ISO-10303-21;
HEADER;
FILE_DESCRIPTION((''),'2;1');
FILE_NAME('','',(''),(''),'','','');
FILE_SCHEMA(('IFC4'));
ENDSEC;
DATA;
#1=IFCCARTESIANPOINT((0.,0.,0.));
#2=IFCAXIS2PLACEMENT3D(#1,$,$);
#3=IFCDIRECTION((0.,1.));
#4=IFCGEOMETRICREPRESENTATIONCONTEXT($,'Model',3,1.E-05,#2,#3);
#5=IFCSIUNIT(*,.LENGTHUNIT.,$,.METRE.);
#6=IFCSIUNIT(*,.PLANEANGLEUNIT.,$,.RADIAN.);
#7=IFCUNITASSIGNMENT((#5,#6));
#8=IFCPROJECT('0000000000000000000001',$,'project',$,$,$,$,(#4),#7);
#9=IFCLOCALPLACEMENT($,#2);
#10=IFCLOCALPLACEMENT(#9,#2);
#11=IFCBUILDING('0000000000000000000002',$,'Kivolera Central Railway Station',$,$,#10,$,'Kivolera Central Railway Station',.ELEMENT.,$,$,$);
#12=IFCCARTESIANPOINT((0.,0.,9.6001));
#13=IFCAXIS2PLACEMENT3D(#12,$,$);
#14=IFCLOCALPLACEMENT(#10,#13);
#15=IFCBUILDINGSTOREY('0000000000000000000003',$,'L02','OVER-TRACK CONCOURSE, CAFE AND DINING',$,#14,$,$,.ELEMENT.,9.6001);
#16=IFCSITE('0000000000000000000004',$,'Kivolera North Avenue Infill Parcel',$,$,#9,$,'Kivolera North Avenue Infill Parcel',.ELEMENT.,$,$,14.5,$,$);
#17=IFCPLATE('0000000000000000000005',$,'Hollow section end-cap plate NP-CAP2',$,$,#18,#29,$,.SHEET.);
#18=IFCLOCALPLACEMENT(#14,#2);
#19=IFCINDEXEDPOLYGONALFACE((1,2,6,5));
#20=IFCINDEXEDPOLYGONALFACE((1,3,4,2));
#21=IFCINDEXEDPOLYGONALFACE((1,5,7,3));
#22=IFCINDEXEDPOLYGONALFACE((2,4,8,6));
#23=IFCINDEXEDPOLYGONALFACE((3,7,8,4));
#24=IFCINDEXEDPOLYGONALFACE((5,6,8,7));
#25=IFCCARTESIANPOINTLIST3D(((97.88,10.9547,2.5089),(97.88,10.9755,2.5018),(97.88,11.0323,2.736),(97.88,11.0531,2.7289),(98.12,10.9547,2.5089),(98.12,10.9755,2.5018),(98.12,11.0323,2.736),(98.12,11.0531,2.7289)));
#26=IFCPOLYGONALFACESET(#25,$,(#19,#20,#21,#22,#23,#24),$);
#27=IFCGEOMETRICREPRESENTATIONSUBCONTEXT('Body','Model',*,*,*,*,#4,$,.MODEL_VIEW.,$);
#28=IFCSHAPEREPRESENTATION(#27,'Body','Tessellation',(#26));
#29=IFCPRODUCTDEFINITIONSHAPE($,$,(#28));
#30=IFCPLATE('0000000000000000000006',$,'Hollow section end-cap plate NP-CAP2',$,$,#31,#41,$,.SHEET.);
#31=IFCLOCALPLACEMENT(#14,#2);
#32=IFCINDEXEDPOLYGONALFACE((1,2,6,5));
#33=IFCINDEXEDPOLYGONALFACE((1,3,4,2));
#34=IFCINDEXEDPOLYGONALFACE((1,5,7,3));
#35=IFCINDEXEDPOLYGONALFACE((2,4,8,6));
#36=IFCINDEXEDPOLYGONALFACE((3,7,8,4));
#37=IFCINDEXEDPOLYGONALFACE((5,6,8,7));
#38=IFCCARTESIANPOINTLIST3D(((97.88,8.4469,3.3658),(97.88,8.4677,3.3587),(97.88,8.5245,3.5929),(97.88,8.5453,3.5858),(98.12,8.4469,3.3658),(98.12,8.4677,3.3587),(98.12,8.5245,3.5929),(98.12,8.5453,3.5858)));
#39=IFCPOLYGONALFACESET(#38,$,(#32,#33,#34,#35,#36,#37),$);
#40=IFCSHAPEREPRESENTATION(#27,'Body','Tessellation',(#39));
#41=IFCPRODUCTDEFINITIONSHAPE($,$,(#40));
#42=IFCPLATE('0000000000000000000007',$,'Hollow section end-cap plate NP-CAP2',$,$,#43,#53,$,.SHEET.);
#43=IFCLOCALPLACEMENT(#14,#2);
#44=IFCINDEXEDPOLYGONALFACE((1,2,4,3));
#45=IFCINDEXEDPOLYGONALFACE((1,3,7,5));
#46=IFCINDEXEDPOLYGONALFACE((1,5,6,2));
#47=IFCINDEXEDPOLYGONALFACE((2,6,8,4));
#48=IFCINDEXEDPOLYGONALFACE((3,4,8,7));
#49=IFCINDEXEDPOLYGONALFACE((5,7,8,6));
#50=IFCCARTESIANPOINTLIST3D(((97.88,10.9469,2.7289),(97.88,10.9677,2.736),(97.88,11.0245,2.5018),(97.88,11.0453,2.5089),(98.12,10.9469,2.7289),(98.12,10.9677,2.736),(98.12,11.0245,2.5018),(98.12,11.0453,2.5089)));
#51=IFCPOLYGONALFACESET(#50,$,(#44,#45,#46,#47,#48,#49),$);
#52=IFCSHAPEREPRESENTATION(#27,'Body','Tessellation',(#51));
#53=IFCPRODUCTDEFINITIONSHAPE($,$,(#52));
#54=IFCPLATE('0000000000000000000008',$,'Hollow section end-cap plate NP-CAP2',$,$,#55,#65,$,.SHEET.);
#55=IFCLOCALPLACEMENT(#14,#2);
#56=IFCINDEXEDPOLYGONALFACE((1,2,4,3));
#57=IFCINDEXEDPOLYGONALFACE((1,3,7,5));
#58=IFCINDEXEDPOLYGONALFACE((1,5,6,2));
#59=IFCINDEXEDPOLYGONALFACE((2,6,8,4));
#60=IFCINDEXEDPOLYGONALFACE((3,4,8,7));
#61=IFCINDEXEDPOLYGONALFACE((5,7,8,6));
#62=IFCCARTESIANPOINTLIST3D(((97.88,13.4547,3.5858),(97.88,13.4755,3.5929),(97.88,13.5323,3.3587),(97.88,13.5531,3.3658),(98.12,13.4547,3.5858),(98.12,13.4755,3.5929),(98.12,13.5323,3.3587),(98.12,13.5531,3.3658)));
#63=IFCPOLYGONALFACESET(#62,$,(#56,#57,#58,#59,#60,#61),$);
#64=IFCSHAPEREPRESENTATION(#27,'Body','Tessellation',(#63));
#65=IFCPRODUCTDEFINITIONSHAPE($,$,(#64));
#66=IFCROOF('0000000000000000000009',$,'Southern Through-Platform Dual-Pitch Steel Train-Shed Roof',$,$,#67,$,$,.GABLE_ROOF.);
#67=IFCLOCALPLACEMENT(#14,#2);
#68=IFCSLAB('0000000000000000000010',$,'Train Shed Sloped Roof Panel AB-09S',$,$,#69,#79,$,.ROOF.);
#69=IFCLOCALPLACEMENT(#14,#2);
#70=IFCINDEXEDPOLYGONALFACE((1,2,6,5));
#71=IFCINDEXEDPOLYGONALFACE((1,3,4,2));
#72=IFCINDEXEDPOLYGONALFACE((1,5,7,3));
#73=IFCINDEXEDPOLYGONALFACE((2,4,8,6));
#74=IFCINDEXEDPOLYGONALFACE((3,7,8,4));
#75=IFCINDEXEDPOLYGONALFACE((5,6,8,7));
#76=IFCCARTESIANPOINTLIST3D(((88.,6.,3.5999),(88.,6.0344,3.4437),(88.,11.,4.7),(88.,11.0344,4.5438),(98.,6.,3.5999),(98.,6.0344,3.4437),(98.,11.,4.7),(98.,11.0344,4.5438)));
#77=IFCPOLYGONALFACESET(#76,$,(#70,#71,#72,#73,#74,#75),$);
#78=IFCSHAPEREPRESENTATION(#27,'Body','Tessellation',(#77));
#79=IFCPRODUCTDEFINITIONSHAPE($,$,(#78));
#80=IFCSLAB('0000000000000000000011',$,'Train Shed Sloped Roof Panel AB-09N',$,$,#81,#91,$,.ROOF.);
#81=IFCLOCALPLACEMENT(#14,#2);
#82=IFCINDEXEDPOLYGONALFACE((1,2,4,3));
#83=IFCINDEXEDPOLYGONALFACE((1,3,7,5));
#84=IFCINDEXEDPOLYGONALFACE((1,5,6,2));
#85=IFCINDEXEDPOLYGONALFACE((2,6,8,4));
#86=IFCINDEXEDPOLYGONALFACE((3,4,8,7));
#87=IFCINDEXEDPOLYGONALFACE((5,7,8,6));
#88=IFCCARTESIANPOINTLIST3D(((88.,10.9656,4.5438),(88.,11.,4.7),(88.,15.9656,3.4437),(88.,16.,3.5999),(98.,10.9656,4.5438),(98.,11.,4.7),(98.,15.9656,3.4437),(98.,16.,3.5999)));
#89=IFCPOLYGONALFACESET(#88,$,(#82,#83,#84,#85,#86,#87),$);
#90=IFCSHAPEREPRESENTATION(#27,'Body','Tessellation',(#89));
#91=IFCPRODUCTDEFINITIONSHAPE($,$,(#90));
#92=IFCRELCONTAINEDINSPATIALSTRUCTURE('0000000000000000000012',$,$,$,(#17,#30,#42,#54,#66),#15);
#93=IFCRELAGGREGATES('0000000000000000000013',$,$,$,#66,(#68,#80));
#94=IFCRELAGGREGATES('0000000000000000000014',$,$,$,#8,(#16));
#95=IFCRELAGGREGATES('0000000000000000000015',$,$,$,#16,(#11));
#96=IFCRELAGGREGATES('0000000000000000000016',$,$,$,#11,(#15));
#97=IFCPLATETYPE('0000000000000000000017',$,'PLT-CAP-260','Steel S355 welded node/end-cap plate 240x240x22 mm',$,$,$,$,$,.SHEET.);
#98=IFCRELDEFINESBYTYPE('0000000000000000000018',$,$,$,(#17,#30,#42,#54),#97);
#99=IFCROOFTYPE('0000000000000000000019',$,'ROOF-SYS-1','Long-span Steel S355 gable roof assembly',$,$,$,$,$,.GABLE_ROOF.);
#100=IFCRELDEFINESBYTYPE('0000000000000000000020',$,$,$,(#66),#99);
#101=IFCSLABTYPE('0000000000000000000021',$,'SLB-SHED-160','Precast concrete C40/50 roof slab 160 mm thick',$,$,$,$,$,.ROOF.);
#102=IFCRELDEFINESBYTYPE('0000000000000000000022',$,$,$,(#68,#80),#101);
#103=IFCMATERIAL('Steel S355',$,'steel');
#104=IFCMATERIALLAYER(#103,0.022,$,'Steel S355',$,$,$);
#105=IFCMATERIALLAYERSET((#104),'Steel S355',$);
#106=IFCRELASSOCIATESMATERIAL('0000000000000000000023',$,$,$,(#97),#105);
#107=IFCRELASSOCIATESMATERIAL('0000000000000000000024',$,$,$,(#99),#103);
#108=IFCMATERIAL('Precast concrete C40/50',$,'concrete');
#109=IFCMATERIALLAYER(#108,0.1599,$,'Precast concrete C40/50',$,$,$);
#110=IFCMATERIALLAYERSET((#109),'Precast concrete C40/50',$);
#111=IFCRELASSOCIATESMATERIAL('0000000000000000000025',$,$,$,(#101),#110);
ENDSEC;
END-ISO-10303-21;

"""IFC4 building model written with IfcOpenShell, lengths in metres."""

from ifc_helpers import new_model, si_unit, direction, frame, origin, origin_2d, place, context, subcontext, project, spatial, polyline, rectangle, outline, extrude, material, layer, layer_set, type_object, element, aggregate, save


model = new_model("IFC4")

# Units and contexts
model_context = context("Model", 3, precision=1e-05, world=origin(), true_north=direction((0.0, 1.0)))
body_context = subcontext(model_context, "Body", "Model", "MODEL_VIEW")
ifc_project = project(units=[si_unit("LENGTHUNIT", "METRE"), si_unit("PLANEANGLEUNIT", "RADIAN")], contexts=[model_context])

# Site, building, storey
site_placement = place(None, origin())
site = spatial("IfcSite", under=ifc_project, at=site_placement, Name="Kivolera North Avenue Infill Parcel", LongName="Kivolera North Avenue Infill Parcel", CompositionType="ELEMENT", RefElevation=14.5)
building_placement = place(site_placement, origin())
building = spatial("IfcBuilding", under=site, at=building_placement, Name="Kivolera Central Railway Station", LongName="Kivolera Central Railway Station", CompositionType="ELEMENT")
storey_placement = place(building_placement, frame((0.0, 0.0, 9.6001)))
storey = spatial("IfcBuildingStorey", under=building, at=storey_placement, Name="L02", Description="OVER-TRACK CONCOURSE, CAFE AND DINING", CompositionType="ELEMENT", Elevation=9.6001)

# Shared definitions
ifc_material_1 = material(Name="Steel S355", Category="steel")

# Plates
ifc_layer_1 = layer(ifc_material_1, 0.022, Name="Steel S355")
ifc_layer_set_1 = layer_set([ifc_layer_1], Name="Steel S355")
plate_type = type_object("IfcPlateType", Name="PLT-CAP-260", Description="Steel S355 welded node/end-cap plate 240x240x22 mm", PredefinedType="SHEET", material=ifc_layer_set_1)
for number, where, z_axis, x_axis, name in (
    (1, (98.0, 11.0039, 2.6189), (0.0, -0.946194, 0.323599), (1.0, 0.0, 0.0), "Hollow section end-cap plate NP-CAP2"),
    (2, (98.0, 8.4961, 3.4758), (0.0, -0.946194, 0.323599), (1.0, 0.0, 0.0), "Hollow section end-cap plate NP-CAP2"),
    (3, (98.0, 10.9961, 2.6189), (0.0, 0.946194, 0.323599), (-1.0, 0.0, 0.0), "Hollow section end-cap plate NP-CAP2"),
    (4, (98.0, 13.5039, 3.4758), (0.0, 0.946194, 0.323599), (-1.0, 0.0, 0.0), "Hollow section end-cap plate NP-CAP2"),
):
    element("IfcPlate", number, at=place(storey_placement, frame(where, z_axis=z_axis, x_axis=x_axis)), inside=storey, type_object=plate_type, Name=name, PredefinedType="SHEET", context=body_context, shape_type="SweptSolid", body=[
        extrude(rectangle(XDim=0.24, YDim=0.24, at=origin_2d()), frame((0.0, 0.0, -0.011)), (0.0, 0.0, 1.0), 0.022),
    ])

# Roof, slabs
roof_type = type_object("IfcRoofType", Name="ROOF-SYS-1", Description="Long-span Steel S355 gable roof assembly", PredefinedType="GABLE_ROOF", material=ifc_material_1)
roof_placement = place(storey_placement, origin())
roof = element("IfcRoof", 5, at=roof_placement, inside=storey, type_object=roof_type, Name="Southern Through-Platform Dual-Pitch Steel Train-Shed Roof", PredefinedType="GABLE_ROOF")
ifc_material_2 = material(Name="Precast concrete C40/50", Category="concrete")
ifc_layer_2 = layer(ifc_material_2, 0.1599, Name="Precast concrete C40/50")
ifc_layer_set_2 = layer_set([ifc_layer_2], Name="Precast concrete C40/50")
slab_type = type_object("IfcSlabType", Name="SLB-SHED-160", Description="Precast concrete C40/50 roof slab 160 mm thick", PredefinedType="ROOF", material=ifc_layer_set_2)
slab_1_placement = place(storey_placement, frame((88.0, 6.0, 3.5999), z_axis=(0.0, -0.21488, 0.97664), x_axis=(1.0, 0.0, 0.0)))
slab_1 = element("IfcSlab", 6, at=slab_1_placement, type_object=slab_type, Name="Train Shed Sloped Roof Panel AB-09S", PredefinedType="ROOF", context=body_context, shape_type="SweptSolid", body=[
    extrude(outline(polyline([(0.0, 0.0), (10.0, 0.0), (10.0, 5.1196), (0.0, 5.1196), (0.0, 0.0)])), origin(), (0.0, 0.0, -1.0), 0.1599),
])
slab_2_placement = place(storey_placement, frame((88.0, 11.0, 4.7), z_axis=(0.0, 0.21488, 0.97664), x_axis=(1.0, 0.0, 0.0)))
slab_2 = element("IfcSlab", 7, at=slab_2_placement, type_object=slab_type, Name="Train Shed Sloped Roof Panel AB-09N", PredefinedType="ROOF", context=body_context, shape_type="SweptSolid", body=[
    extrude(outline(polyline([(0.0, 0.0), (10.0, 0.0), (10.0, 5.1196), (0.0, 5.1196), (0.0, 0.0)])), origin(), (0.0, 0.0, -1.0), 0.1599),
])
aggregate(roof, [slab_1, slab_2])

save(model, "model.ifc")
